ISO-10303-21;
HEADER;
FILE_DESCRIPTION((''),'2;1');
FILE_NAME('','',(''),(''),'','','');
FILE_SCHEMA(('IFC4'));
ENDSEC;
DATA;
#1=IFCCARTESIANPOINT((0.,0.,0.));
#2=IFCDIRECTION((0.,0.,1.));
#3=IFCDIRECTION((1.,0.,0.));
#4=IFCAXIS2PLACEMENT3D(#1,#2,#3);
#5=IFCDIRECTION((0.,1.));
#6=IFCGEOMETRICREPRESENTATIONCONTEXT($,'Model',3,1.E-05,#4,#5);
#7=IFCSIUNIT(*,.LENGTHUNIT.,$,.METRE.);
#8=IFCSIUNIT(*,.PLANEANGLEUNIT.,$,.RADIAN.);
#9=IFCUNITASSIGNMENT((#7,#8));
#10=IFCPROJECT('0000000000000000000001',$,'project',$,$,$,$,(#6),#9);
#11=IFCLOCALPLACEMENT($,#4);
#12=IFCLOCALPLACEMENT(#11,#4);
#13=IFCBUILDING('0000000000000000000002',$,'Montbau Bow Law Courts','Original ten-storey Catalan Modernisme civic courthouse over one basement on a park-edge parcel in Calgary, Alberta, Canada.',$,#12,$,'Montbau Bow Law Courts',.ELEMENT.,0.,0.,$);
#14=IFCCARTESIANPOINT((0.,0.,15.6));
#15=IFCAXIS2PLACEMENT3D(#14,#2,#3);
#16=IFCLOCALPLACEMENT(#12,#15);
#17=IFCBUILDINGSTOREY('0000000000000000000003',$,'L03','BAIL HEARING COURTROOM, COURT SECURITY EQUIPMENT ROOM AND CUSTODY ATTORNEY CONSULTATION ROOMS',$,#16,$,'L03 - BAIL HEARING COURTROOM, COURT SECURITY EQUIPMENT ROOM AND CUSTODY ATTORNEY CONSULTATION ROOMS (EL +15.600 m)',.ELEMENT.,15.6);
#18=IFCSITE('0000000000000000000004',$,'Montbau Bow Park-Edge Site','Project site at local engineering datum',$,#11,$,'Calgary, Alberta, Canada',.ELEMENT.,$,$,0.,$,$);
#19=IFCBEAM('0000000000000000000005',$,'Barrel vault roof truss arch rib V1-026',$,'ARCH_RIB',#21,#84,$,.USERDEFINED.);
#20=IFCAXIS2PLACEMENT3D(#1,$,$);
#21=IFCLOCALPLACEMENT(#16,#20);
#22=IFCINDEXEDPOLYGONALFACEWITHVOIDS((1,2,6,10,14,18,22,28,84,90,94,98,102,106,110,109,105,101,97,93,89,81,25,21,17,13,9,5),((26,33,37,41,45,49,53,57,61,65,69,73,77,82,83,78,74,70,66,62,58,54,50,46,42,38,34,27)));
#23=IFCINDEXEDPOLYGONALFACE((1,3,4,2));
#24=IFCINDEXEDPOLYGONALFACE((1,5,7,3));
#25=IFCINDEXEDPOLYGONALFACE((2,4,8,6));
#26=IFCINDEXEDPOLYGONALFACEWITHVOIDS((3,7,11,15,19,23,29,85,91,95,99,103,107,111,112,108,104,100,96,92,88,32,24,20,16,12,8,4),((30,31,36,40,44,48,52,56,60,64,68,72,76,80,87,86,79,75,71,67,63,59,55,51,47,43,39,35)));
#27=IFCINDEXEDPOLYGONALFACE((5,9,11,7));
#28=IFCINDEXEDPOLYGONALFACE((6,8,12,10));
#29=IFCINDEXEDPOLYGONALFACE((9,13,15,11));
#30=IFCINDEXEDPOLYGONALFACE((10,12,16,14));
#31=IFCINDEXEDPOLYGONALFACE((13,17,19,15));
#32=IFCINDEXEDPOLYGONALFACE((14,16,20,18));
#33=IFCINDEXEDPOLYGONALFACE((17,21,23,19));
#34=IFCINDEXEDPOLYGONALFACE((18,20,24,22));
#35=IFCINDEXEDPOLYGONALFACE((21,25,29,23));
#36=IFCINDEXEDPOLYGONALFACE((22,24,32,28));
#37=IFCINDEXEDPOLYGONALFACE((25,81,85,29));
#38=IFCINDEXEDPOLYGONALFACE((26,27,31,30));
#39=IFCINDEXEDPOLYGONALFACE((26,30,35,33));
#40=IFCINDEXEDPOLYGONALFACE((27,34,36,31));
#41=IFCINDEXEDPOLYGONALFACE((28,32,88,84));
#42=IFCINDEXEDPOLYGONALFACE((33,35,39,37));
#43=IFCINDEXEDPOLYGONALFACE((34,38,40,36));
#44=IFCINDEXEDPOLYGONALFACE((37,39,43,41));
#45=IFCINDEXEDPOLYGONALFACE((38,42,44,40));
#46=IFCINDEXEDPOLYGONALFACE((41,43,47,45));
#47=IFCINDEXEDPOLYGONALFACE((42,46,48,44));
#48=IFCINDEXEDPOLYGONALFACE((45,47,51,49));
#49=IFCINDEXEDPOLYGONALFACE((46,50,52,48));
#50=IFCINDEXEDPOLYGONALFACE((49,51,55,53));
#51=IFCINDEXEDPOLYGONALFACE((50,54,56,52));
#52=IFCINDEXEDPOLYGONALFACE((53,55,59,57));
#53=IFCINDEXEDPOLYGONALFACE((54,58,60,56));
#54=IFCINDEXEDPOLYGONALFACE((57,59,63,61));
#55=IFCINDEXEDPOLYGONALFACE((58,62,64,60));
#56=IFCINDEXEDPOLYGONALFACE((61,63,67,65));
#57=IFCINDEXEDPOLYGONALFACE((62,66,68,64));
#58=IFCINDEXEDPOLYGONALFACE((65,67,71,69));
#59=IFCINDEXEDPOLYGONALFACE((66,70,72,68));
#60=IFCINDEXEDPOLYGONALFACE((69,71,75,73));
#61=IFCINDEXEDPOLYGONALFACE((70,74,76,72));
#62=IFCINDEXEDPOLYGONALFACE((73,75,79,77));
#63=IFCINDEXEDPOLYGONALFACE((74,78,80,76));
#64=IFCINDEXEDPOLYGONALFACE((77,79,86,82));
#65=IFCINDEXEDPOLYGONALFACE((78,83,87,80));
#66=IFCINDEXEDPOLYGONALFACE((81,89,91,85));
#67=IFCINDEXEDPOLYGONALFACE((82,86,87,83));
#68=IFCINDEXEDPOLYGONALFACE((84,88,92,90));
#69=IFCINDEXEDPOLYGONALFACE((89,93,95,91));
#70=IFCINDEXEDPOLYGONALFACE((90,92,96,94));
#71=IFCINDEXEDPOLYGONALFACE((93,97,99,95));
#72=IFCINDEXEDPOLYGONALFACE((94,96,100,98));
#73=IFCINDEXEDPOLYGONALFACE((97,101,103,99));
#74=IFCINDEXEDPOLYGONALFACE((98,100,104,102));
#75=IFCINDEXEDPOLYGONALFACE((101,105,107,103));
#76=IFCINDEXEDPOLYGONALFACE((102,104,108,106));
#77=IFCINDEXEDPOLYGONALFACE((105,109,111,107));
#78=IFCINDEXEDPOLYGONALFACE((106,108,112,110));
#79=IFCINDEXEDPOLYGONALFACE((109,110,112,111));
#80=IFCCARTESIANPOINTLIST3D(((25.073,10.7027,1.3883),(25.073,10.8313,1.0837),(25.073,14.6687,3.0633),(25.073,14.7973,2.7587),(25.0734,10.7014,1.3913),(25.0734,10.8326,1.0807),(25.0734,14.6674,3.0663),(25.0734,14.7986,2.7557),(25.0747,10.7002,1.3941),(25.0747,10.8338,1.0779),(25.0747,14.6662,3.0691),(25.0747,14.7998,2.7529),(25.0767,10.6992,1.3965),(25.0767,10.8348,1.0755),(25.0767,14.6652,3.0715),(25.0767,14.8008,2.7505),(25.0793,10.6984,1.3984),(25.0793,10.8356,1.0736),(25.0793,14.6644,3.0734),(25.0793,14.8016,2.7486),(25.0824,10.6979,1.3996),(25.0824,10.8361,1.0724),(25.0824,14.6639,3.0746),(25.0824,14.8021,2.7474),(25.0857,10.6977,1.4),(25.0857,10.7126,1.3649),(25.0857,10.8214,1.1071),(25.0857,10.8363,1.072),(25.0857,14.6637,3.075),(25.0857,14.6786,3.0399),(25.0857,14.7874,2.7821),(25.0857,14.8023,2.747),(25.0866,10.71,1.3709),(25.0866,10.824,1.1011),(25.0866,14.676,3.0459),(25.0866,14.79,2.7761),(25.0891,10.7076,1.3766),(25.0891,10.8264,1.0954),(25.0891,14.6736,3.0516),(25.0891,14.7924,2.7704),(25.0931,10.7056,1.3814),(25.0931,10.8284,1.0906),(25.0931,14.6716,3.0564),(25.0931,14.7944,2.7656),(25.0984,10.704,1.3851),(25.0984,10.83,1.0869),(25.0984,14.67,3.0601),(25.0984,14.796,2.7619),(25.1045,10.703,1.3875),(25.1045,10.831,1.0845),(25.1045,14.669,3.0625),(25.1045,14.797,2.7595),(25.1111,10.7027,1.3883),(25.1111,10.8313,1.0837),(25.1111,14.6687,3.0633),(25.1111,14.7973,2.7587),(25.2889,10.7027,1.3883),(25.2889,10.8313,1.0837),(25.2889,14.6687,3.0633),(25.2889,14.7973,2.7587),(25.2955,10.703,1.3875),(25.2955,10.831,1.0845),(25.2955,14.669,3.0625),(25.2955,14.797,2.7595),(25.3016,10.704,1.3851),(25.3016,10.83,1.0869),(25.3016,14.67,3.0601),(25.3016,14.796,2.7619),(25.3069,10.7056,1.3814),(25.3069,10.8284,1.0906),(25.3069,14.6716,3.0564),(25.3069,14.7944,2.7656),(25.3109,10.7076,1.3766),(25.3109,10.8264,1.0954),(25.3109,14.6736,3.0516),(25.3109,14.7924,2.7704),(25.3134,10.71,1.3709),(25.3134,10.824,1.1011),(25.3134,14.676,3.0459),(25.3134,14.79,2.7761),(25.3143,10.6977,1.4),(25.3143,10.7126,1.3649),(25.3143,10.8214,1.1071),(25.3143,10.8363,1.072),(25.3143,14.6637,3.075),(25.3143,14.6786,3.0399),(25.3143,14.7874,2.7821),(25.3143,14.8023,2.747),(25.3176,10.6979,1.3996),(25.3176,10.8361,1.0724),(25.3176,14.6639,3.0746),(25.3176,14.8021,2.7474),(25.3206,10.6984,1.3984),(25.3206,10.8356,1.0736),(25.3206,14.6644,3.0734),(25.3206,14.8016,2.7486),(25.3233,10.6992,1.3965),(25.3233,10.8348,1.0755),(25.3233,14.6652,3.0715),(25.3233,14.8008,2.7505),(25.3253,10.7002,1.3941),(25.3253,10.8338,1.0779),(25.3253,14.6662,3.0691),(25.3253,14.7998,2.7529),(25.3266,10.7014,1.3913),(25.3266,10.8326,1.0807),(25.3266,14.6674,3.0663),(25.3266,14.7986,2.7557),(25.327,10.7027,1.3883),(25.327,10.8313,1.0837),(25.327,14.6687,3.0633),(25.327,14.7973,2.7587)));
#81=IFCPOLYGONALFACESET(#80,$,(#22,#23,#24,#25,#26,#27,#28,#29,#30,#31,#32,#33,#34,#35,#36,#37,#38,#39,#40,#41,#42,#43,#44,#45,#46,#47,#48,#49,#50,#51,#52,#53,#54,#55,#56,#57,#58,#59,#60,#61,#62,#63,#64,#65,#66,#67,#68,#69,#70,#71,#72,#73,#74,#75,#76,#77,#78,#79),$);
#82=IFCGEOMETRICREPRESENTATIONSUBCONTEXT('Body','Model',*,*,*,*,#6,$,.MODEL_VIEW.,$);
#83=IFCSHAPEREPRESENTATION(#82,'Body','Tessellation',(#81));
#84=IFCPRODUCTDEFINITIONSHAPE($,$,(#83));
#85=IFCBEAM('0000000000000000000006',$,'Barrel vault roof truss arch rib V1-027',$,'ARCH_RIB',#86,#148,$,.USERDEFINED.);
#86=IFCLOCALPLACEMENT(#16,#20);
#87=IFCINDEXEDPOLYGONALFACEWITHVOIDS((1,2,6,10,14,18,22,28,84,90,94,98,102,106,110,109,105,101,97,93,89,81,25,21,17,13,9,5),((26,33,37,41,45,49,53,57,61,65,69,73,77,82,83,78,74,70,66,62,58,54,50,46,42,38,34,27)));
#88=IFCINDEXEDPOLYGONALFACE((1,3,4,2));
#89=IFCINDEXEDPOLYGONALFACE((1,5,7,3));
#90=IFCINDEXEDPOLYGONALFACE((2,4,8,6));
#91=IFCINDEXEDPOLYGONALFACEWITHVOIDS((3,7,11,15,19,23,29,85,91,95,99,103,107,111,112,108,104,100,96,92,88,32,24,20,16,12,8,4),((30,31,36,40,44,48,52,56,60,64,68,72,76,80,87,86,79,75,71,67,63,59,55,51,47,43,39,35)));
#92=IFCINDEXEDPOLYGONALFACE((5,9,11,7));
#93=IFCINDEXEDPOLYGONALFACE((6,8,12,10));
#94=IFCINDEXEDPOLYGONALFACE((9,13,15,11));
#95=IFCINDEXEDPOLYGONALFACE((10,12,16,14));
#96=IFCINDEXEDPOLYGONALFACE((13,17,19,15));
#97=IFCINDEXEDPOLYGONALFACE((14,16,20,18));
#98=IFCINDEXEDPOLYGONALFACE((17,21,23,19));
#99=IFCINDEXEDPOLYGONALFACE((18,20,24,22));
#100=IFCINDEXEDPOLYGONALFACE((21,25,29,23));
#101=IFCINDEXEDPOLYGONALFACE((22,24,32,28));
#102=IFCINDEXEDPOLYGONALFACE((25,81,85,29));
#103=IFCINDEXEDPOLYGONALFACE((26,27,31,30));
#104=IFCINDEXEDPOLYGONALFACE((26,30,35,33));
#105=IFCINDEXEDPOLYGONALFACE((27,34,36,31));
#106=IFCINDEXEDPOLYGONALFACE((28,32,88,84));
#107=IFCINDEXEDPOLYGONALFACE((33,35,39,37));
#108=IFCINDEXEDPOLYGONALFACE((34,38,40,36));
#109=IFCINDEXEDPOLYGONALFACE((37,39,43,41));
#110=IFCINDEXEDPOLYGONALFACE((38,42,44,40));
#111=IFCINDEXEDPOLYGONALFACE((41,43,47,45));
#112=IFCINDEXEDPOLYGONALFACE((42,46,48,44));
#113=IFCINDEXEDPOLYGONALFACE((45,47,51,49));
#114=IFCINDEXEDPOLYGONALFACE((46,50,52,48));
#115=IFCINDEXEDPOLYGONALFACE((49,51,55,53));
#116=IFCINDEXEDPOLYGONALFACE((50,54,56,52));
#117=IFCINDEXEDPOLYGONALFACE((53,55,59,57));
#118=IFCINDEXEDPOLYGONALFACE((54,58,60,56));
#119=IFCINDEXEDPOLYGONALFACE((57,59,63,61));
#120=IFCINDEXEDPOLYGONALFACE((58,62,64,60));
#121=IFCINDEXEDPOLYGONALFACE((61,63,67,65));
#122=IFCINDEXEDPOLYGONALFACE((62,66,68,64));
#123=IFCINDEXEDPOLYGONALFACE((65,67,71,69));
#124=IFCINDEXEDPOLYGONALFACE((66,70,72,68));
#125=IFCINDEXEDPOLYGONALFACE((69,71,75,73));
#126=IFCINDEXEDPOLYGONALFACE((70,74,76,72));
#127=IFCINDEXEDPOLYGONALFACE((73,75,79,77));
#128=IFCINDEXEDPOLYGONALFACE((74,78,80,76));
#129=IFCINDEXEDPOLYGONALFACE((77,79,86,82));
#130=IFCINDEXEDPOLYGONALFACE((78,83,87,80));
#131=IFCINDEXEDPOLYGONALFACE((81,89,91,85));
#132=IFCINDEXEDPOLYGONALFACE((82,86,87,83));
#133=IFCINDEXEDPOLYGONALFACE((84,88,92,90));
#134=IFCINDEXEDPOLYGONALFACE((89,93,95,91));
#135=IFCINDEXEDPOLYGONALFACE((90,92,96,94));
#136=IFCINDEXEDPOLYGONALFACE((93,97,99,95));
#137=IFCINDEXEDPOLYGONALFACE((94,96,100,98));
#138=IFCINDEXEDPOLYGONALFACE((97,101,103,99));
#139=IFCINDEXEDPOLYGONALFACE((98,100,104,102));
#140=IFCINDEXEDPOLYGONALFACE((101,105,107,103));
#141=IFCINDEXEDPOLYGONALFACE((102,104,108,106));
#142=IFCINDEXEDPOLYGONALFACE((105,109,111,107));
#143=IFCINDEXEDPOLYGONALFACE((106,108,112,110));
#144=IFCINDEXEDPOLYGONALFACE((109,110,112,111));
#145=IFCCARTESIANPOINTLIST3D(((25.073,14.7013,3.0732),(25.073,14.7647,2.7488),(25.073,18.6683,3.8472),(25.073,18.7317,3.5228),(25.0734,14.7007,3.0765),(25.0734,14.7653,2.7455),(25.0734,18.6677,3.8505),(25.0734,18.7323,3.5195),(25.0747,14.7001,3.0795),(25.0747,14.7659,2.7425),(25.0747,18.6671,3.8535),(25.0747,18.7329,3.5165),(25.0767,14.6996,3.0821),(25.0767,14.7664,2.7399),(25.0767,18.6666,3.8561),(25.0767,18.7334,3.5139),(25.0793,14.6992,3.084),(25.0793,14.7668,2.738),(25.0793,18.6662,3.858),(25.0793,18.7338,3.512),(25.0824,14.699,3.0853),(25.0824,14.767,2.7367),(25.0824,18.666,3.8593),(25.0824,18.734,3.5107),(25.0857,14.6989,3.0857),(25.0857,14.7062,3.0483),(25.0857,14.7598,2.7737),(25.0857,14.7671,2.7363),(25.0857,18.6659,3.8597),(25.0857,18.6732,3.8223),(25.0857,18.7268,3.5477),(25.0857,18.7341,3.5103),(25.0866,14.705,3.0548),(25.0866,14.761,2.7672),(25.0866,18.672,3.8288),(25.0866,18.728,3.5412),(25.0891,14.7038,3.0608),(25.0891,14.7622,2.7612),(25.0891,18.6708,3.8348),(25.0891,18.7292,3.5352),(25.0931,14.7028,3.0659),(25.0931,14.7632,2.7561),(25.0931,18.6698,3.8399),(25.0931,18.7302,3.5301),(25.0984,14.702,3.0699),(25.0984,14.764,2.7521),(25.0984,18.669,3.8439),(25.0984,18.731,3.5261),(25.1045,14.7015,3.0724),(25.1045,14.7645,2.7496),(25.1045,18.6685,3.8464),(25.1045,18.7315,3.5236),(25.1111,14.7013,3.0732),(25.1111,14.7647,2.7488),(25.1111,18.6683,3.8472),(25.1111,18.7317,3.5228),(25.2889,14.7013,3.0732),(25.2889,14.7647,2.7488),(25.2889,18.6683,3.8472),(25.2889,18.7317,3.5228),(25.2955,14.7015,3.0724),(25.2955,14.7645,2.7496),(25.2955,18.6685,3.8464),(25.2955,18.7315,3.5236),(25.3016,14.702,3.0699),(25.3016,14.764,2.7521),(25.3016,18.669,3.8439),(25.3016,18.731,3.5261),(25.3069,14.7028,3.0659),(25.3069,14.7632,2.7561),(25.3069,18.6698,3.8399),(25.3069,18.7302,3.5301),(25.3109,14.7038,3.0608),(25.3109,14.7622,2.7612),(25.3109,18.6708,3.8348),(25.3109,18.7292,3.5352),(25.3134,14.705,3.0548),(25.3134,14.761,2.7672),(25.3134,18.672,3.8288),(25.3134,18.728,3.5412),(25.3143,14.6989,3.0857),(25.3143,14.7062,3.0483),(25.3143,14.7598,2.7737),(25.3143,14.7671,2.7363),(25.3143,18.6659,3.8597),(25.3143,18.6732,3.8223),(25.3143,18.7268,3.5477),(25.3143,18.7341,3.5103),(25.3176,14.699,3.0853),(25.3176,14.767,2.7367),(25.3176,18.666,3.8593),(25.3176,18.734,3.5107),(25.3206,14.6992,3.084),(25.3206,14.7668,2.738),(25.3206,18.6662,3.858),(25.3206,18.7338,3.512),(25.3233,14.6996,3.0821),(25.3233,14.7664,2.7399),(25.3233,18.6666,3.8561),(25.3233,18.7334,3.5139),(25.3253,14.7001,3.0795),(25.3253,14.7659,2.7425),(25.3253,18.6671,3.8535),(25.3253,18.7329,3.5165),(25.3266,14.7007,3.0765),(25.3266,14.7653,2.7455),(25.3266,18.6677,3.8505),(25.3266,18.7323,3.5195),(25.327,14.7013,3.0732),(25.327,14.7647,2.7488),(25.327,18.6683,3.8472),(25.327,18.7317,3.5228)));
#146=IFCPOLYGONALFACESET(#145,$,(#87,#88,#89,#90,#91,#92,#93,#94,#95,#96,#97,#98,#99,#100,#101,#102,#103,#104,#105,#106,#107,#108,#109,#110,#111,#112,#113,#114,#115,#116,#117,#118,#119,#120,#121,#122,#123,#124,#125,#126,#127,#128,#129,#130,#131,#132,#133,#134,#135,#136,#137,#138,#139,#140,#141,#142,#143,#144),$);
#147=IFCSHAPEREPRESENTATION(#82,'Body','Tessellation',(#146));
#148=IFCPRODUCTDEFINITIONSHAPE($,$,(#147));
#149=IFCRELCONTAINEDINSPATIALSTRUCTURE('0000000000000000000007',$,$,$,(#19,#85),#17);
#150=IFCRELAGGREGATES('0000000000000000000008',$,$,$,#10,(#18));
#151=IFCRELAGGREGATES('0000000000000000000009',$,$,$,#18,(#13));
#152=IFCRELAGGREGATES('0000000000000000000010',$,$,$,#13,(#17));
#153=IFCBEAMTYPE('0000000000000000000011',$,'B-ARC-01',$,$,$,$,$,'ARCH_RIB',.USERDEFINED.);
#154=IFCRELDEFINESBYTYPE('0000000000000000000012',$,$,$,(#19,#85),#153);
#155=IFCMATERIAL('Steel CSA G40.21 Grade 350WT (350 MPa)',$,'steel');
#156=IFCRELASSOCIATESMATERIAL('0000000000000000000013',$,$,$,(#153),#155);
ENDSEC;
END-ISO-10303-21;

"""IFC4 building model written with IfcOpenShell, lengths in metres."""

from ifc_helpers import new_model, si_unit, direction, frame, origin_with_axes, origin_2d_with_axis, place, context, subcontext, project, spatial, hollow_rectangle, extrude, material, material_profile, profile_set, type_object, element, save


model = new_model("IFC4")

# Units and contexts
model_context = context("Model", 3, precision=1e-05, world=origin_with_axes(), true_north=direction((0.0, 1.0)))
body_context = subcontext(model_context, "Body", "Model", "MODEL_VIEW")
ifc_project = project(units=[si_unit("LENGTHUNIT", "METRE"), si_unit("PLANEANGLEUNIT", "RADIAN")], contexts=[model_context])

# Site, building, storey
site_placement = place(None, origin_with_axes())
site = spatial("IfcSite", under=ifc_project, at=site_placement, Name="Montbau Bow Park-Edge Site", Description="Project site at local engineering datum", LongName="Calgary, Alberta, Canada", CompositionType="ELEMENT", RefElevation=0.0)
building_placement = place(site_placement, origin_with_axes())
building = spatial("IfcBuilding", under=site, at=building_placement, Name="Montbau Bow Law Courts", Description="Original ten-storey Catalan Modernisme civic courthouse over one basement on a park-edge parcel in Calgary, Alberta, Canada.", LongName="Montbau Bow Law Courts", CompositionType="ELEMENT", ElevationOfRefHeight=0.0, ElevationOfTerrain=0.0)
storey_placement = place(building_placement, frame((0.0, 0.0, 15.6), z_axis=(0.0, 0.0, 1.0), x_axis=(1.0, 0.0, 0.0)))
storey = spatial("IfcBuildingStorey", under=building, at=storey_placement, Name="L03", Description="BAIL HEARING COURTROOM, COURT SECURITY EQUIPMENT ROOM AND CUSTODY ATTORNEY CONSULTATION ROOMS", LongName="L03 - BAIL HEARING COURTROOM, COURT SECURITY EQUIPMENT ROOM AND CUSTODY ATTORNEY CONSULTATION ROOMS (EL +15.600 m)", CompositionType="ELEMENT", Elevation=15.6)

# Beams
ifc_material_1 = material(Name="Steel CSA G40.21 Grade 350WT (350 MPa)", Category="steel")
ifc_material_profile_1 = material_profile(ifc_material_1, hollow_rectangle(XDim=0.254, YDim=0.356, WallThickness=0.0127, InnerFilletRadius=0.0254, OuterFilletRadius=0.0127, at=origin_2d_with_axis()), Name="HSS356X254X13", Category="Main", Priority=0)
ifc_profile_set_1 = profile_set([ifc_material_profile_1], Name="Steel CSA G40.21 Grade 350WT (350 MPa)")
beam_type = type_object("IfcBeamType", Name="B-ARC-01", ElementType="ARCH_RIB", PredefinedType="USERDEFINED", material=ifc_profile_set_1)
for number, where, z_axis, x_axis, name in (
    (1, (25.2, 10.767, 16.836), (0.0, 0.921211, 0.389064), (-1.0, 0.0, 0.0), "Barrel vault roof truss arch rib V1-026"),
):
    element("IfcBeam", number, at=place(None, frame(where, z_axis=z_axis, x_axis=x_axis)), inside=storey, type_object=beam_type, Name=name, ObjectType="ARCH_RIB", PredefinedType="USERDEFINED", context=body_context, shape_type="SweptSolid", body=[
        extrude(hollow_rectangle(XDim=0.254, YDim=0.356, WallThickness=0.0127, InnerFilletRadius=0.0254, OuterFilletRadius=0.0127, at=origin_2d_with_axis()), origin_with_axes(), (0.0, 0.0, 1.0), 4.3052),
    ])
for number, where, z_axis, x_axis, name in (
    (2, (25.2, 14.733, 18.511), (0.0, 0.981493, 0.191499), (-1.0, 0.0, 0.0), "Barrel vault roof truss arch rib V1-027"),
):
    element("IfcBeam", number, at=place(None, frame(where, z_axis=z_axis, x_axis=x_axis)), inside=storey, type_object=beam_type, Name=name, ObjectType="ARCH_RIB", PredefinedType="USERDEFINED", context=body_context, shape_type="SweptSolid", body=[
        extrude(hollow_rectangle(XDim=0.254, YDim=0.356, WallThickness=0.0127, InnerFilletRadius=0.0254, OuterFilletRadius=0.0127, at=origin_2d_with_axis()), origin_with_axes(), (0.0, 0.0, 1.0), 4.0418),
    ])

save(model, "model.ifc")
